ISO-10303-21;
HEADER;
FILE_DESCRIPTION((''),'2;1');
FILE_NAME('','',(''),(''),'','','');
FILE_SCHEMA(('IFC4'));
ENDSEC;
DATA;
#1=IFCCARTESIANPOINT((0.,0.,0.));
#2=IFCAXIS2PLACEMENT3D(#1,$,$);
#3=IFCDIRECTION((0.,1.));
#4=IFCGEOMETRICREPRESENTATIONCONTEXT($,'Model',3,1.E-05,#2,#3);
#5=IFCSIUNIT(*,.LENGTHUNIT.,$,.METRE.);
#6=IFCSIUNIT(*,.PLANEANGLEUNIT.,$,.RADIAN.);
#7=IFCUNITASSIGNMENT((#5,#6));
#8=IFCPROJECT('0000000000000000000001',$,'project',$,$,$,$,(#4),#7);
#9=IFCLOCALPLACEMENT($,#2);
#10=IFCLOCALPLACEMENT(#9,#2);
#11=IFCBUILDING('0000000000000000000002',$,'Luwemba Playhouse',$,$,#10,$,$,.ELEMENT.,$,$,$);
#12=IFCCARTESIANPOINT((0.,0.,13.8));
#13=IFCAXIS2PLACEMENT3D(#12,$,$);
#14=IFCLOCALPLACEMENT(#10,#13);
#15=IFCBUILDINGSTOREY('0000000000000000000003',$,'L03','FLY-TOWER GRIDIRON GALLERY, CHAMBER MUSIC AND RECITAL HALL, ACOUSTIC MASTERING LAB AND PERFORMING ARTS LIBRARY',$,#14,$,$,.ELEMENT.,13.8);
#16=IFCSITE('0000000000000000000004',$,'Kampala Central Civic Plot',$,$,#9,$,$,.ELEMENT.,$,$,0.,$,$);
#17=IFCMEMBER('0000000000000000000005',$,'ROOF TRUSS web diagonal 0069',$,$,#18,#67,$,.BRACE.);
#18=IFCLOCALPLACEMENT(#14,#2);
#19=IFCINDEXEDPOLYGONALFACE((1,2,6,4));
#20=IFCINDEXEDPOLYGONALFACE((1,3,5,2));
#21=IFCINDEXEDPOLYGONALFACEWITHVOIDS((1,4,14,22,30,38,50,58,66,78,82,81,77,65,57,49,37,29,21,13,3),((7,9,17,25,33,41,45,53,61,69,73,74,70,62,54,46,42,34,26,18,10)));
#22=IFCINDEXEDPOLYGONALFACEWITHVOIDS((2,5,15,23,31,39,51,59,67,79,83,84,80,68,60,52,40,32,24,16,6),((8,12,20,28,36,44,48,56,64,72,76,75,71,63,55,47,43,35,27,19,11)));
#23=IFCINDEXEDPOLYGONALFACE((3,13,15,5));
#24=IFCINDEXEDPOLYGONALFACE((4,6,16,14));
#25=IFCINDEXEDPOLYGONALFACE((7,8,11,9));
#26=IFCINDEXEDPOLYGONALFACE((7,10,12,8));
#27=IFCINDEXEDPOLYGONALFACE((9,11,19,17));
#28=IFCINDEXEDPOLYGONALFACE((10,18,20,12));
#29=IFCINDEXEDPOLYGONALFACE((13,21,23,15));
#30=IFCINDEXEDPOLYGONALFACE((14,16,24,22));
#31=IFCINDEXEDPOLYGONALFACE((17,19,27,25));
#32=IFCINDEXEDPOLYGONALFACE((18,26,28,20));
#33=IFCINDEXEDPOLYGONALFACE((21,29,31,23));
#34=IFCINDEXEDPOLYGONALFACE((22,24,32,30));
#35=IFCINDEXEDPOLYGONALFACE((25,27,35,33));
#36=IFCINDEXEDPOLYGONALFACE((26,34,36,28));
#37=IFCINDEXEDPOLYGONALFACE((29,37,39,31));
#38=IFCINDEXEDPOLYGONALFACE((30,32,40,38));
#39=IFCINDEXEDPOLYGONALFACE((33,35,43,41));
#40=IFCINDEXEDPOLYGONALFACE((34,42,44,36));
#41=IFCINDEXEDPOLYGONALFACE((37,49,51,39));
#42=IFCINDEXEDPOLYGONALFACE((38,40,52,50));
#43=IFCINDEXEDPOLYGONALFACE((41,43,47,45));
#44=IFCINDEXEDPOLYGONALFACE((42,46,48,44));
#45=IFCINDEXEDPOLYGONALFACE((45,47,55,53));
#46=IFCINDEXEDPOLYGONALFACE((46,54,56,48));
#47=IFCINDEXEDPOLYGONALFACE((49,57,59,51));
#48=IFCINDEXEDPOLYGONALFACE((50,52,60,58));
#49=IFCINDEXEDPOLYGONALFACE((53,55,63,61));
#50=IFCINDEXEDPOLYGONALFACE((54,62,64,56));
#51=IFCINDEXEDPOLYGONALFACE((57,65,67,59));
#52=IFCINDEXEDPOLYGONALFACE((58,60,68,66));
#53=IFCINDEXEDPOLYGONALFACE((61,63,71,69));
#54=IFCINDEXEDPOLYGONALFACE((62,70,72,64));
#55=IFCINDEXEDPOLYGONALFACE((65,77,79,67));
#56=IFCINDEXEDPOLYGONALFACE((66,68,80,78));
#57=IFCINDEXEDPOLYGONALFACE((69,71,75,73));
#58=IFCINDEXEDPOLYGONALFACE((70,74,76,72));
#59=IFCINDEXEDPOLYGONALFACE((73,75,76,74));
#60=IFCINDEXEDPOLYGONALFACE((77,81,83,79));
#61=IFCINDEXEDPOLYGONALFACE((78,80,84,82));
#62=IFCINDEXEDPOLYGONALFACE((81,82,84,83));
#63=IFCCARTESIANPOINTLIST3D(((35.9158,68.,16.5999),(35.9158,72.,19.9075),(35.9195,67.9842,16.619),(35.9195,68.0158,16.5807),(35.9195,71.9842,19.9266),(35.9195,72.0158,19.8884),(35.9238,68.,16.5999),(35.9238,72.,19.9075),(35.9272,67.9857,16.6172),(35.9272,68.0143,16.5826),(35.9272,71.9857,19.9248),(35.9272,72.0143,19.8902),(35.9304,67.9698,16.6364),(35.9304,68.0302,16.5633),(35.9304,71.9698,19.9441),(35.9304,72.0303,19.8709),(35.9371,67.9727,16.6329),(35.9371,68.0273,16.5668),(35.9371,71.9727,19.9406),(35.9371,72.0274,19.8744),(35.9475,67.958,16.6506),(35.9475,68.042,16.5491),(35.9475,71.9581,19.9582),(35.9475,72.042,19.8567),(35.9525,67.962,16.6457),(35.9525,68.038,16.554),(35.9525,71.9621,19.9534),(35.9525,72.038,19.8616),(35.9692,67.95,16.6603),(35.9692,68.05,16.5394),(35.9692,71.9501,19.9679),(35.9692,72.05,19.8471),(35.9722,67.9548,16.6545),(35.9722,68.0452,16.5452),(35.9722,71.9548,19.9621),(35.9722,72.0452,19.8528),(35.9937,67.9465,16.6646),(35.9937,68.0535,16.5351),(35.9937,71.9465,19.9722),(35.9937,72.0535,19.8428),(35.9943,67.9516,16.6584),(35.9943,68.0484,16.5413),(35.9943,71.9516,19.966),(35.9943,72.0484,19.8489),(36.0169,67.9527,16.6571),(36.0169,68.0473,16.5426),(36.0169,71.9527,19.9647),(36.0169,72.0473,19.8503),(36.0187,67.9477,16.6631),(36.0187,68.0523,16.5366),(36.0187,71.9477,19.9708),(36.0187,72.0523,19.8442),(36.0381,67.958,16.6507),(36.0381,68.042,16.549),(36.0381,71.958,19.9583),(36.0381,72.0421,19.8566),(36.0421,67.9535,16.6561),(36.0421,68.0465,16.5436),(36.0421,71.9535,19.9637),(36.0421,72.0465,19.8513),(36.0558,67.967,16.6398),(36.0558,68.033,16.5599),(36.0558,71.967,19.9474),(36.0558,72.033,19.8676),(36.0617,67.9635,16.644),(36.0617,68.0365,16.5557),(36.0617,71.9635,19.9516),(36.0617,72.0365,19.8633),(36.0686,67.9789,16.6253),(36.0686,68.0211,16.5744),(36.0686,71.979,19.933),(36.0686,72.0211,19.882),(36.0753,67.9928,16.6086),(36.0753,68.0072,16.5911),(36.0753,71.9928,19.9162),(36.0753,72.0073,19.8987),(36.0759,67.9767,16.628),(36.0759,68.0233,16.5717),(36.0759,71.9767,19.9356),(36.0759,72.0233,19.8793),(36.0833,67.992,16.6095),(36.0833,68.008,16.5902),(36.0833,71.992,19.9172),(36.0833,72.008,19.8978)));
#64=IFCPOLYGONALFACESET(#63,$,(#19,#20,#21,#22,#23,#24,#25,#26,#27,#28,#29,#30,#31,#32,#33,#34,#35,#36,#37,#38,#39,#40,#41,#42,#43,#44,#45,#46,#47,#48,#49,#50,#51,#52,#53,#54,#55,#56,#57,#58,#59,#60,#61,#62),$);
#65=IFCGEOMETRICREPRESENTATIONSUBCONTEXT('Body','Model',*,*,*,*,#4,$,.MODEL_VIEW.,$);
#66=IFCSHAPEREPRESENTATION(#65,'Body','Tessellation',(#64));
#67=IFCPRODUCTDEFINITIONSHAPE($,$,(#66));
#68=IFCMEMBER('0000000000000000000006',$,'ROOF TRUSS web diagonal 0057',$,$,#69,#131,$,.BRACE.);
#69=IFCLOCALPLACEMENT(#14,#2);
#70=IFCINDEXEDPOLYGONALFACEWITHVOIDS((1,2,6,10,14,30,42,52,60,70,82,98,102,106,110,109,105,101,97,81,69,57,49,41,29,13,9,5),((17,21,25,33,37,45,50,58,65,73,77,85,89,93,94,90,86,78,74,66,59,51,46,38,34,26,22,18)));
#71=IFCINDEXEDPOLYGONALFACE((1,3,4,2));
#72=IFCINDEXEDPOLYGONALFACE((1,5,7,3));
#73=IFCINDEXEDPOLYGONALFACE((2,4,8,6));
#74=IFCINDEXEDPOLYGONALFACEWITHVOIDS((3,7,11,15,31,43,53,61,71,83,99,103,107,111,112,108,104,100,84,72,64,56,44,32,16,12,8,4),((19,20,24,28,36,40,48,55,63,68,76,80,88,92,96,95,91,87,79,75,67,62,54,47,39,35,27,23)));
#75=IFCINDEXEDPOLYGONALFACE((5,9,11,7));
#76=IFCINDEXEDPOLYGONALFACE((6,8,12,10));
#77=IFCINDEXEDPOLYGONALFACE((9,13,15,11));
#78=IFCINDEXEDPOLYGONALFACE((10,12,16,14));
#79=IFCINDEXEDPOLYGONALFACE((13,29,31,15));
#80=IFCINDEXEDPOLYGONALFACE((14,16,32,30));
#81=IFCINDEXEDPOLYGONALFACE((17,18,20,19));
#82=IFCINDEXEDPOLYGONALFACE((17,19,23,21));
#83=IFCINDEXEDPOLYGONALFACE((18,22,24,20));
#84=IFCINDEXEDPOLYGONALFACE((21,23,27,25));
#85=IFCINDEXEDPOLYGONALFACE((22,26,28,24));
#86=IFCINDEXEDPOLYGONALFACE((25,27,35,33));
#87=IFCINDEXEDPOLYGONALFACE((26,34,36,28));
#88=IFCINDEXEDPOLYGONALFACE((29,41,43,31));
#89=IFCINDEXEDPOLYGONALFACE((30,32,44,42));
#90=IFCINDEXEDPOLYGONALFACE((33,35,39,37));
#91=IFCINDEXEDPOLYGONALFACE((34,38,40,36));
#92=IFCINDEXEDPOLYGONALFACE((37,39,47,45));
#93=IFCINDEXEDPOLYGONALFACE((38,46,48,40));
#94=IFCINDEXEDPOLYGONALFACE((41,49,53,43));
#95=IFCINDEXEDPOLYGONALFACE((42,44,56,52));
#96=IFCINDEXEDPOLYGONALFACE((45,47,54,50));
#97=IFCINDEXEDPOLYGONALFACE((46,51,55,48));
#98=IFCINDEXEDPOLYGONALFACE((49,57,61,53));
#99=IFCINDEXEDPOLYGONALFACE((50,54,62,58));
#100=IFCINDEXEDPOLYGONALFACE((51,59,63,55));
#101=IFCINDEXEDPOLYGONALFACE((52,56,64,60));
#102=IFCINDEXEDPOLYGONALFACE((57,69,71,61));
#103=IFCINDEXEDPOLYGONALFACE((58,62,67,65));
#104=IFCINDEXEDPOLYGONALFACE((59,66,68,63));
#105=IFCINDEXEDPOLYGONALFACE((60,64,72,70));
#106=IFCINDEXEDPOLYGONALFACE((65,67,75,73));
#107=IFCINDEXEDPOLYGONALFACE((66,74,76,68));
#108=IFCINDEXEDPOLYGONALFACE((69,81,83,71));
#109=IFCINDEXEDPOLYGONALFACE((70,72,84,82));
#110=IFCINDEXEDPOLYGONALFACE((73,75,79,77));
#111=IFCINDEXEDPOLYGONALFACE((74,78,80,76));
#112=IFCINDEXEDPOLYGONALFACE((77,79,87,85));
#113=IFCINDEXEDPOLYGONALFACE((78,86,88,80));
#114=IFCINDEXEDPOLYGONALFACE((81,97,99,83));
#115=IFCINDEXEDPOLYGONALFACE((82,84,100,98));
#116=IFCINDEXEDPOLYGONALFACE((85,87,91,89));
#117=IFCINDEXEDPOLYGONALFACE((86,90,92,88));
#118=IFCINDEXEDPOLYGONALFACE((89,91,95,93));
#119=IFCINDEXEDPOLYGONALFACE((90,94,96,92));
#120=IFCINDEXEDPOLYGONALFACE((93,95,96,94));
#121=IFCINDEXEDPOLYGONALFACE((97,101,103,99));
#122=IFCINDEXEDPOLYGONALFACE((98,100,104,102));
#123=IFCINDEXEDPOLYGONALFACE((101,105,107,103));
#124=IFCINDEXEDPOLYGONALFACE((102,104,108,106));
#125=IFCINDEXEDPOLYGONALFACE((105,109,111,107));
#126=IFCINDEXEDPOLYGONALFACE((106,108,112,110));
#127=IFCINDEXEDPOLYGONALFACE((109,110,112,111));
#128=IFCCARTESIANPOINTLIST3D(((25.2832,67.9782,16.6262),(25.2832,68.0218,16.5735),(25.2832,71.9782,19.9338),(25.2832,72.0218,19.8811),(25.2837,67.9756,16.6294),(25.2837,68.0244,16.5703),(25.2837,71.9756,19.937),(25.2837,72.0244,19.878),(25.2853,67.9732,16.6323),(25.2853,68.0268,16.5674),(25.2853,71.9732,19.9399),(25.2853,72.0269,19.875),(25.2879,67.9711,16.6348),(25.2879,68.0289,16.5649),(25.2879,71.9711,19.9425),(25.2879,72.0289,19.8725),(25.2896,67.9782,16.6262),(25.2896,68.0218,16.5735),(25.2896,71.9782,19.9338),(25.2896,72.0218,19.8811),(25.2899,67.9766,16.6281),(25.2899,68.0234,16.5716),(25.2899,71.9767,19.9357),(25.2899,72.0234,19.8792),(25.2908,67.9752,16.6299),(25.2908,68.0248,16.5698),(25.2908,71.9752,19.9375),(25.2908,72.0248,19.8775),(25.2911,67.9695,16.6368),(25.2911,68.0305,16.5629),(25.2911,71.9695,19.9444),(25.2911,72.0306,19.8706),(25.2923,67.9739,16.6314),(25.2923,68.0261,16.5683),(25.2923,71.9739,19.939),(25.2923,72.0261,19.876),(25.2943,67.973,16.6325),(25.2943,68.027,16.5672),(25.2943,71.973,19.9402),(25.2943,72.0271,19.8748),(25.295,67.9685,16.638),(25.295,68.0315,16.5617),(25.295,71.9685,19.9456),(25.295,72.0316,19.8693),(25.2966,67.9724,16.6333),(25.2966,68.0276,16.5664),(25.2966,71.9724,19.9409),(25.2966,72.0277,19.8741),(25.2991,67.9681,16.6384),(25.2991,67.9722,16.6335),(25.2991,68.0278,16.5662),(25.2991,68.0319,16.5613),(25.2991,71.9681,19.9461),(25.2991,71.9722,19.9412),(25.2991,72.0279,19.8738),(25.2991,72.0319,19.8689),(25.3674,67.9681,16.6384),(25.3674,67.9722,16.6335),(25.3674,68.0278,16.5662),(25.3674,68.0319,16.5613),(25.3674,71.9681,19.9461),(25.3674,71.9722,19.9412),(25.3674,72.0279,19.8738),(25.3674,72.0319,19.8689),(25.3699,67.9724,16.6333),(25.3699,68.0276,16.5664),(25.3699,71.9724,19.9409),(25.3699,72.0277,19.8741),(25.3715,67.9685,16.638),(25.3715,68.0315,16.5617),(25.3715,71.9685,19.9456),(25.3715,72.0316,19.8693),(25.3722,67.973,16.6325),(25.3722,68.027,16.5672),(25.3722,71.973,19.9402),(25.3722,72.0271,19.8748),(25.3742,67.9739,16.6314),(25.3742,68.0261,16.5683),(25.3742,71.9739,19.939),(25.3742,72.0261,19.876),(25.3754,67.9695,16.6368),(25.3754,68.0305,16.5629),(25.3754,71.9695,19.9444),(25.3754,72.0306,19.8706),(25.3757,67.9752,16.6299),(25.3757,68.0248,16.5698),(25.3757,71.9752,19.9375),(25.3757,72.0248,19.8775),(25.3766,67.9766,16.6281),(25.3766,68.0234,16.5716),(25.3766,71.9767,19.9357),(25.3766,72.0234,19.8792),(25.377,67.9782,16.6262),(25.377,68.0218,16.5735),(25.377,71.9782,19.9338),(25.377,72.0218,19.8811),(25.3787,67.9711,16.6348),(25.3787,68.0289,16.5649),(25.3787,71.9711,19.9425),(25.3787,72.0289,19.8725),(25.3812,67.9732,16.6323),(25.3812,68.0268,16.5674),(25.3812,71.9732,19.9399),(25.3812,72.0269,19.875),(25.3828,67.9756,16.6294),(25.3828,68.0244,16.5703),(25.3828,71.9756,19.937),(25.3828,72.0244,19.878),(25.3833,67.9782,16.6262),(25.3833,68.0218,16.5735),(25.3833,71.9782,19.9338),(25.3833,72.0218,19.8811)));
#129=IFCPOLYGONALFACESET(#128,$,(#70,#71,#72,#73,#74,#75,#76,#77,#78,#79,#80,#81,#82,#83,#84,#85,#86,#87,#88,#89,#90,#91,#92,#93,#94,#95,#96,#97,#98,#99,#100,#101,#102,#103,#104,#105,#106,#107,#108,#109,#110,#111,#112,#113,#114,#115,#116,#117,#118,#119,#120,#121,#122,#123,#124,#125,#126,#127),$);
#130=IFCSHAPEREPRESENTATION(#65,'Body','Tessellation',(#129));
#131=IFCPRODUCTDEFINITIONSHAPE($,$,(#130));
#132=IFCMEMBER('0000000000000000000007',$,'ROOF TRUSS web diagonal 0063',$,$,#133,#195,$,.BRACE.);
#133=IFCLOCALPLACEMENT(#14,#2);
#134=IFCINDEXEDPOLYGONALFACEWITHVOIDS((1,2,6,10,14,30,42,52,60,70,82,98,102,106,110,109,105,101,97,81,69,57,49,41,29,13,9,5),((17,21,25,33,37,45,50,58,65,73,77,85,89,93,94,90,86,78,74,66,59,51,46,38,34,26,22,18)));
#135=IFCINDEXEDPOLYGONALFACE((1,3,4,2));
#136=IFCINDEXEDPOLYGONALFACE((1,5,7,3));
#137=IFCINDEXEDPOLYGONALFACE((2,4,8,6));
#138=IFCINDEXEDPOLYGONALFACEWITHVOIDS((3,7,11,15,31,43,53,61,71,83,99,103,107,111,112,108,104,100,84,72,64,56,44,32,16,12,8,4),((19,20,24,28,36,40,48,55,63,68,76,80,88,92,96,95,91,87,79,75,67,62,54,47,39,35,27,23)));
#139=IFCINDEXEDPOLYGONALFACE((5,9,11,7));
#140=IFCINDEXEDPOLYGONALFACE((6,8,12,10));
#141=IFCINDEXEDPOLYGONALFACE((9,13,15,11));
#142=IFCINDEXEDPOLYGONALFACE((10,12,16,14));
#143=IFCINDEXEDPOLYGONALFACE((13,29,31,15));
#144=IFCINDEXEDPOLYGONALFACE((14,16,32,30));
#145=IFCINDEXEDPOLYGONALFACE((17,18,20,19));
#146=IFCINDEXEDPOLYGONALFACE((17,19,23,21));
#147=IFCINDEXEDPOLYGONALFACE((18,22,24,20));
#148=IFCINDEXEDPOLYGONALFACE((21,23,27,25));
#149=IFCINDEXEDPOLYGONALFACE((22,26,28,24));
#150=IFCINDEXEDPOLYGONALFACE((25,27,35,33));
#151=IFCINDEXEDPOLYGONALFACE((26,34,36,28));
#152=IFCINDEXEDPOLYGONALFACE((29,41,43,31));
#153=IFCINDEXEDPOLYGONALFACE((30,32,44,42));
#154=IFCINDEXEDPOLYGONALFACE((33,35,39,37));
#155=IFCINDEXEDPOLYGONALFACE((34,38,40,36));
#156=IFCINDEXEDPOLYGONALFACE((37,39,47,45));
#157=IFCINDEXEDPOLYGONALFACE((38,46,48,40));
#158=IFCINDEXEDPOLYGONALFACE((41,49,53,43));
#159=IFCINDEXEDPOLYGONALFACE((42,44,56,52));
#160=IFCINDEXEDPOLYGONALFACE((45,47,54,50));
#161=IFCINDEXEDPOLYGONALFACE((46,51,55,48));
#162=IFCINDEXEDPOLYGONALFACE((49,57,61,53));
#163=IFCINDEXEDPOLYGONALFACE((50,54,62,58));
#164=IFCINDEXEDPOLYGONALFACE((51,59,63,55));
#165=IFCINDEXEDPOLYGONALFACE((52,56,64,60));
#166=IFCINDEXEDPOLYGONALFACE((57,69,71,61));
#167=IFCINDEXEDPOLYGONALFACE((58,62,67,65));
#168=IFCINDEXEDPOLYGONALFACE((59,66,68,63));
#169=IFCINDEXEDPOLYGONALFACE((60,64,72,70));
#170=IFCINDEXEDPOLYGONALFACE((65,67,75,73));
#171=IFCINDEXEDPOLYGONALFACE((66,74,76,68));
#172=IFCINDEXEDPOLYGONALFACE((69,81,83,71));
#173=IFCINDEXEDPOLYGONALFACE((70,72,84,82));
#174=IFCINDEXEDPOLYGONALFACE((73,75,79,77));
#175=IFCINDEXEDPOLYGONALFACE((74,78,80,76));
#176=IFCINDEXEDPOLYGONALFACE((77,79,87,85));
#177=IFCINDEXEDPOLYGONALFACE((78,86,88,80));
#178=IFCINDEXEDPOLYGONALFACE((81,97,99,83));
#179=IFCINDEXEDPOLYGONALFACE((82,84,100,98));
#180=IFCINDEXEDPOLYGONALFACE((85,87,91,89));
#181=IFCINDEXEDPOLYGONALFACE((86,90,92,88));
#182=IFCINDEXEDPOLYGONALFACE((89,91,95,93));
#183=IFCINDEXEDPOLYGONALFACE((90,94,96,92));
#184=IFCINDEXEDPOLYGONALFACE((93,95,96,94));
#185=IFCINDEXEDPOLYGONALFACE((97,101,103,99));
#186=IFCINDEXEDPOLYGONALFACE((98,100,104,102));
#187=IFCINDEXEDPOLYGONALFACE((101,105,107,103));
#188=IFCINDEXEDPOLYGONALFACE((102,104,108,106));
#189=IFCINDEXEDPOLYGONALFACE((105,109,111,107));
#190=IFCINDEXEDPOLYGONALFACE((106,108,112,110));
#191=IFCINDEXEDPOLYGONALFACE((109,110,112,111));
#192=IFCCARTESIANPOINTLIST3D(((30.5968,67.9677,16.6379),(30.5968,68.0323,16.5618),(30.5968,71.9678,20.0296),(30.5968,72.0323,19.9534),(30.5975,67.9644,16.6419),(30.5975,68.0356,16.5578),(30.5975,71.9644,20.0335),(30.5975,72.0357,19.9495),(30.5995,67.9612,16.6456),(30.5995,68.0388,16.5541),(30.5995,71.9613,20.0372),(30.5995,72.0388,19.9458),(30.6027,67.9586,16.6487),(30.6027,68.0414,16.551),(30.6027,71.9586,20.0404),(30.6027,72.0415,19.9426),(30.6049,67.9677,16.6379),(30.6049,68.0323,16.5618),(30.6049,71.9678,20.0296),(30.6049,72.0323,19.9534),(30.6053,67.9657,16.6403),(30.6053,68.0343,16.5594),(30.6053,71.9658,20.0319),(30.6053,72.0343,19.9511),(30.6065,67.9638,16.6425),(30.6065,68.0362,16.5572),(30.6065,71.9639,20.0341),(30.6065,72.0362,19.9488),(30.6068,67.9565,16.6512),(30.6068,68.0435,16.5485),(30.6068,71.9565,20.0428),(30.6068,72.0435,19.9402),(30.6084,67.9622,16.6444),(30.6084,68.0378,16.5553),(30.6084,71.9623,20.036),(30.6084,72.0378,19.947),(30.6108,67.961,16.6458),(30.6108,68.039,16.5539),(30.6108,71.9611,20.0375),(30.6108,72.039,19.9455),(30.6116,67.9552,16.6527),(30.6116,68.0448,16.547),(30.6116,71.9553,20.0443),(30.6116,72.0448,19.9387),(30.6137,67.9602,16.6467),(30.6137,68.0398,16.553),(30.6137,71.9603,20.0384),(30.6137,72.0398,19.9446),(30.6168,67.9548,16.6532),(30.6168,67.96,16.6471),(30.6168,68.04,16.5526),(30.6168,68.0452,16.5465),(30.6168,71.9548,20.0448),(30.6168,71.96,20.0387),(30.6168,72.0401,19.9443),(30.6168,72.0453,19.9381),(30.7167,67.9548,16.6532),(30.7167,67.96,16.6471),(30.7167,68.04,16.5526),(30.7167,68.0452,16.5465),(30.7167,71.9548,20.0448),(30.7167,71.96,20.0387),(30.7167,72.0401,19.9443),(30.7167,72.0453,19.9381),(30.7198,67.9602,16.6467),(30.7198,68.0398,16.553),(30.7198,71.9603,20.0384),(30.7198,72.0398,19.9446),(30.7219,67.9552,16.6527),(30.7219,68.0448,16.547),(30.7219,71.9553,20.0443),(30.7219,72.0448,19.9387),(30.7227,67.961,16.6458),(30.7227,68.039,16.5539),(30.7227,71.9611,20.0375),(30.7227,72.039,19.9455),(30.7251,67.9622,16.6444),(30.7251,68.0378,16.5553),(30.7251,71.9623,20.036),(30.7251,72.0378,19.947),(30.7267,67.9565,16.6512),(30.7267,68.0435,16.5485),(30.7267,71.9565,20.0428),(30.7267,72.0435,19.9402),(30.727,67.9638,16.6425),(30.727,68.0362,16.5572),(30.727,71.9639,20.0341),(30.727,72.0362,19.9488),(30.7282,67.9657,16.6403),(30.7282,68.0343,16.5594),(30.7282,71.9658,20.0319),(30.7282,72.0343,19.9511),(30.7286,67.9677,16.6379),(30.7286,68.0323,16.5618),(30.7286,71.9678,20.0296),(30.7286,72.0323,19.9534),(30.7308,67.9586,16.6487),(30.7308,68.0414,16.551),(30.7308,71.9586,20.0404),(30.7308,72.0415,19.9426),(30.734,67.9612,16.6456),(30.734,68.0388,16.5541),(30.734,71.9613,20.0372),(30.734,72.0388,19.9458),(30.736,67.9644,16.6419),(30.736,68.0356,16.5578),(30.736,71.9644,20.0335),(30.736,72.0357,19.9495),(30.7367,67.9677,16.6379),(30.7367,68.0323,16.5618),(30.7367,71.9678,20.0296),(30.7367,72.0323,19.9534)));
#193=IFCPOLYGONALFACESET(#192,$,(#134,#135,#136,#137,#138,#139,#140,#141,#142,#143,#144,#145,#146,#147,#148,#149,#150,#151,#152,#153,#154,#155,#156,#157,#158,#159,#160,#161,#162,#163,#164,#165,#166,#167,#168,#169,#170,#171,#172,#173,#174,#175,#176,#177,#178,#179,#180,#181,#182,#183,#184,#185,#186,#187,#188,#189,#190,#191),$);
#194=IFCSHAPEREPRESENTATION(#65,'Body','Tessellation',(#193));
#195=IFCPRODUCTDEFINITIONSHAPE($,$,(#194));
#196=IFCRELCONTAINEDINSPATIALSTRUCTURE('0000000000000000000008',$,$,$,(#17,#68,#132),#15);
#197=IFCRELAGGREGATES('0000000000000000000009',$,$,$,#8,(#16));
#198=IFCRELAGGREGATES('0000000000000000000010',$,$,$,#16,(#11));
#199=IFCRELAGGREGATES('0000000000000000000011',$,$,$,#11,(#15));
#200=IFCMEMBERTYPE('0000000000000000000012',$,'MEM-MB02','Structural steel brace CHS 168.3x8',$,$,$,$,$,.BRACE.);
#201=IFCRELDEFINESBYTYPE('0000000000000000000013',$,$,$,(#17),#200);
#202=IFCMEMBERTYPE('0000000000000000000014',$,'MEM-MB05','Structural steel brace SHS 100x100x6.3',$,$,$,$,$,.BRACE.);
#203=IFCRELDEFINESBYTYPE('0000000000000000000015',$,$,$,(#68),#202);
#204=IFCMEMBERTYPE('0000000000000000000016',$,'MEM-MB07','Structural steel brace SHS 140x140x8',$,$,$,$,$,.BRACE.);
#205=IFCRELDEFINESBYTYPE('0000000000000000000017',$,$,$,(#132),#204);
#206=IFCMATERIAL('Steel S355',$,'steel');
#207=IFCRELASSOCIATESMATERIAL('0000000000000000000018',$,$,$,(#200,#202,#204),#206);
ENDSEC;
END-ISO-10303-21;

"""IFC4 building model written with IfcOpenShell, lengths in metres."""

from ifc_helpers import new_model, si_unit, direction, frame, origin, origin_2d, place, context, subcontext, project, spatial, hollow_rectangle, hollow_circle, extrude, material, material_profile, profile_set, type_object, element, save


model = new_model("IFC4")

# Units and contexts
model_context = context("Model", 3, precision=1e-05, world=origin(), true_north=direction((0.0, 1.0)))
body_context = subcontext(model_context, "Body", "Model", "MODEL_VIEW")
ifc_project = project(units=[si_unit("LENGTHUNIT", "METRE"), si_unit("PLANEANGLEUNIT", "RADIAN")], contexts=[model_context])

# Site, building, storey
site_placement = place(None, origin())
site = spatial("IfcSite", under=ifc_project, at=site_placement, Name="Kampala Central Civic Plot", CompositionType="ELEMENT", RefElevation=0.0)
building_placement = place(site_placement, origin())
building = spatial("IfcBuilding", under=site, at=building_placement, Name="Luwemba Playhouse", CompositionType="ELEMENT")
storey_placement = place(building_placement, frame((0.0, 0.0, 13.8)))
storey = spatial("IfcBuildingStorey", under=building, at=storey_placement, Name="L03", Description="FLY-TOWER GRIDIRON GALLERY, CHAMBER MUSIC AND RECITAL HALL, ACOUSTIC MASTERING LAB AND PERFORMING ARTS LIBRARY", CompositionType="ELEMENT", Elevation=13.8)

# Shared definitions
ifc_material_1 = material(Name="Steel S355", Category="steel")

# Members
ifc_material_profile_1 = material_profile(ifc_material_1, hollow_circle(Radius=0.0842, WallThickness=0.0081, at=origin_2d()))
ifc_profile_set_1 = profile_set([ifc_material_profile_1], Name="Steel S355")
member_type_1 = type_object("IfcMemberType", Name="MEM-MB02", Description="Structural steel brace CHS 168.3x8", PredefinedType="BRACE", material=ifc_profile_set_1)
member_1_placement = place(storey_placement, frame((36.0, 68.0, 16.5999), z_axis=(0.0, 0.770652, 0.637256), x_axis=(-1.0, 0.0, 0.0)))
element("IfcMember", 1, at=member_1_placement, inside=storey, type_object=member_type_1, Name="ROOF TRUSS web diagonal 0069", PredefinedType="BRACE", context=body_context, shape_type="SweptSolid", body=[
    extrude(hollow_circle(Radius=0.0842, WallThickness=0.0081, at=origin_2d()), origin(), (0.0, 0.0, 1.0), 5.1904),
])
ifc_material_profile_2 = material_profile(ifc_material_1, hollow_rectangle(XDim=0.1001, YDim=0.1001, WallThickness=0.0063, InnerFilletRadius=0.0095, OuterFilletRadius=0.0159, at=origin_2d()))
ifc_profile_set_2 = profile_set([ifc_material_profile_2], Name="Steel S355")
member_type_2 = type_object("IfcMemberType", Name="MEM-MB05", Description="Structural steel brace SHS 100x100x6.3", PredefinedType="BRACE", material=ifc_profile_set_2)
member_2_placement = place(storey_placement, frame((25.3333, 68.0, 16.5999), z_axis=(0.0, 0.770652, 0.637256), x_axis=(-1.0, 0.0, 0.0)))
element("IfcMember", 2, at=member_2_placement, inside=storey, type_object=member_type_2, Name="ROOF TRUSS web diagonal 0057", PredefinedType="BRACE", context=body_context, shape_type="SweptSolid", body=[
    extrude(hollow_rectangle(XDim=0.1001, YDim=0.1001, WallThickness=0.0063, InnerFilletRadius=0.0095, OuterFilletRadius=0.0159, at=origin_2d()), origin(), (0.0, 0.0, 1.0), 5.1904),
])
ifc_material_profile_3 = material_profile(ifc_material_1, hollow_rectangle(XDim=0.1399, YDim=0.1399, WallThickness=0.0081, InnerFilletRadius=0.012, OuterFilletRadius=0.02, at=origin_2d()))
ifc_profile_set_3 = profile_set([ifc_material_profile_3], Name="Steel S355")
member_type_3 = type_object("IfcMemberType", Name="MEM-MB07", Description="Structural steel brace SHS 140x140x8", PredefinedType="BRACE", material=ifc_profile_set_3)
member_3_placement = place(storey_placement, frame((30.6667, 68.0, 16.5999), z_axis=(0.0, 0.762729, 0.646718), x_axis=(-1.0, 0.0, 0.0)))
element("IfcMember", 3, at=member_3_placement, inside=storey, type_object=member_type_3, Name="ROOF TRUSS web diagonal 0063", PredefinedType="BRACE", context=body_context, shape_type="SweptSolid", body=[
    extrude(hollow_rectangle(XDim=0.1399, YDim=0.1399, WallThickness=0.0081, InnerFilletRadius=0.012, OuterFilletRadius=0.02, at=origin_2d()), origin(), (0.0, 0.0, 1.0), 5.2444),
])

save(model, "model.ifc")
